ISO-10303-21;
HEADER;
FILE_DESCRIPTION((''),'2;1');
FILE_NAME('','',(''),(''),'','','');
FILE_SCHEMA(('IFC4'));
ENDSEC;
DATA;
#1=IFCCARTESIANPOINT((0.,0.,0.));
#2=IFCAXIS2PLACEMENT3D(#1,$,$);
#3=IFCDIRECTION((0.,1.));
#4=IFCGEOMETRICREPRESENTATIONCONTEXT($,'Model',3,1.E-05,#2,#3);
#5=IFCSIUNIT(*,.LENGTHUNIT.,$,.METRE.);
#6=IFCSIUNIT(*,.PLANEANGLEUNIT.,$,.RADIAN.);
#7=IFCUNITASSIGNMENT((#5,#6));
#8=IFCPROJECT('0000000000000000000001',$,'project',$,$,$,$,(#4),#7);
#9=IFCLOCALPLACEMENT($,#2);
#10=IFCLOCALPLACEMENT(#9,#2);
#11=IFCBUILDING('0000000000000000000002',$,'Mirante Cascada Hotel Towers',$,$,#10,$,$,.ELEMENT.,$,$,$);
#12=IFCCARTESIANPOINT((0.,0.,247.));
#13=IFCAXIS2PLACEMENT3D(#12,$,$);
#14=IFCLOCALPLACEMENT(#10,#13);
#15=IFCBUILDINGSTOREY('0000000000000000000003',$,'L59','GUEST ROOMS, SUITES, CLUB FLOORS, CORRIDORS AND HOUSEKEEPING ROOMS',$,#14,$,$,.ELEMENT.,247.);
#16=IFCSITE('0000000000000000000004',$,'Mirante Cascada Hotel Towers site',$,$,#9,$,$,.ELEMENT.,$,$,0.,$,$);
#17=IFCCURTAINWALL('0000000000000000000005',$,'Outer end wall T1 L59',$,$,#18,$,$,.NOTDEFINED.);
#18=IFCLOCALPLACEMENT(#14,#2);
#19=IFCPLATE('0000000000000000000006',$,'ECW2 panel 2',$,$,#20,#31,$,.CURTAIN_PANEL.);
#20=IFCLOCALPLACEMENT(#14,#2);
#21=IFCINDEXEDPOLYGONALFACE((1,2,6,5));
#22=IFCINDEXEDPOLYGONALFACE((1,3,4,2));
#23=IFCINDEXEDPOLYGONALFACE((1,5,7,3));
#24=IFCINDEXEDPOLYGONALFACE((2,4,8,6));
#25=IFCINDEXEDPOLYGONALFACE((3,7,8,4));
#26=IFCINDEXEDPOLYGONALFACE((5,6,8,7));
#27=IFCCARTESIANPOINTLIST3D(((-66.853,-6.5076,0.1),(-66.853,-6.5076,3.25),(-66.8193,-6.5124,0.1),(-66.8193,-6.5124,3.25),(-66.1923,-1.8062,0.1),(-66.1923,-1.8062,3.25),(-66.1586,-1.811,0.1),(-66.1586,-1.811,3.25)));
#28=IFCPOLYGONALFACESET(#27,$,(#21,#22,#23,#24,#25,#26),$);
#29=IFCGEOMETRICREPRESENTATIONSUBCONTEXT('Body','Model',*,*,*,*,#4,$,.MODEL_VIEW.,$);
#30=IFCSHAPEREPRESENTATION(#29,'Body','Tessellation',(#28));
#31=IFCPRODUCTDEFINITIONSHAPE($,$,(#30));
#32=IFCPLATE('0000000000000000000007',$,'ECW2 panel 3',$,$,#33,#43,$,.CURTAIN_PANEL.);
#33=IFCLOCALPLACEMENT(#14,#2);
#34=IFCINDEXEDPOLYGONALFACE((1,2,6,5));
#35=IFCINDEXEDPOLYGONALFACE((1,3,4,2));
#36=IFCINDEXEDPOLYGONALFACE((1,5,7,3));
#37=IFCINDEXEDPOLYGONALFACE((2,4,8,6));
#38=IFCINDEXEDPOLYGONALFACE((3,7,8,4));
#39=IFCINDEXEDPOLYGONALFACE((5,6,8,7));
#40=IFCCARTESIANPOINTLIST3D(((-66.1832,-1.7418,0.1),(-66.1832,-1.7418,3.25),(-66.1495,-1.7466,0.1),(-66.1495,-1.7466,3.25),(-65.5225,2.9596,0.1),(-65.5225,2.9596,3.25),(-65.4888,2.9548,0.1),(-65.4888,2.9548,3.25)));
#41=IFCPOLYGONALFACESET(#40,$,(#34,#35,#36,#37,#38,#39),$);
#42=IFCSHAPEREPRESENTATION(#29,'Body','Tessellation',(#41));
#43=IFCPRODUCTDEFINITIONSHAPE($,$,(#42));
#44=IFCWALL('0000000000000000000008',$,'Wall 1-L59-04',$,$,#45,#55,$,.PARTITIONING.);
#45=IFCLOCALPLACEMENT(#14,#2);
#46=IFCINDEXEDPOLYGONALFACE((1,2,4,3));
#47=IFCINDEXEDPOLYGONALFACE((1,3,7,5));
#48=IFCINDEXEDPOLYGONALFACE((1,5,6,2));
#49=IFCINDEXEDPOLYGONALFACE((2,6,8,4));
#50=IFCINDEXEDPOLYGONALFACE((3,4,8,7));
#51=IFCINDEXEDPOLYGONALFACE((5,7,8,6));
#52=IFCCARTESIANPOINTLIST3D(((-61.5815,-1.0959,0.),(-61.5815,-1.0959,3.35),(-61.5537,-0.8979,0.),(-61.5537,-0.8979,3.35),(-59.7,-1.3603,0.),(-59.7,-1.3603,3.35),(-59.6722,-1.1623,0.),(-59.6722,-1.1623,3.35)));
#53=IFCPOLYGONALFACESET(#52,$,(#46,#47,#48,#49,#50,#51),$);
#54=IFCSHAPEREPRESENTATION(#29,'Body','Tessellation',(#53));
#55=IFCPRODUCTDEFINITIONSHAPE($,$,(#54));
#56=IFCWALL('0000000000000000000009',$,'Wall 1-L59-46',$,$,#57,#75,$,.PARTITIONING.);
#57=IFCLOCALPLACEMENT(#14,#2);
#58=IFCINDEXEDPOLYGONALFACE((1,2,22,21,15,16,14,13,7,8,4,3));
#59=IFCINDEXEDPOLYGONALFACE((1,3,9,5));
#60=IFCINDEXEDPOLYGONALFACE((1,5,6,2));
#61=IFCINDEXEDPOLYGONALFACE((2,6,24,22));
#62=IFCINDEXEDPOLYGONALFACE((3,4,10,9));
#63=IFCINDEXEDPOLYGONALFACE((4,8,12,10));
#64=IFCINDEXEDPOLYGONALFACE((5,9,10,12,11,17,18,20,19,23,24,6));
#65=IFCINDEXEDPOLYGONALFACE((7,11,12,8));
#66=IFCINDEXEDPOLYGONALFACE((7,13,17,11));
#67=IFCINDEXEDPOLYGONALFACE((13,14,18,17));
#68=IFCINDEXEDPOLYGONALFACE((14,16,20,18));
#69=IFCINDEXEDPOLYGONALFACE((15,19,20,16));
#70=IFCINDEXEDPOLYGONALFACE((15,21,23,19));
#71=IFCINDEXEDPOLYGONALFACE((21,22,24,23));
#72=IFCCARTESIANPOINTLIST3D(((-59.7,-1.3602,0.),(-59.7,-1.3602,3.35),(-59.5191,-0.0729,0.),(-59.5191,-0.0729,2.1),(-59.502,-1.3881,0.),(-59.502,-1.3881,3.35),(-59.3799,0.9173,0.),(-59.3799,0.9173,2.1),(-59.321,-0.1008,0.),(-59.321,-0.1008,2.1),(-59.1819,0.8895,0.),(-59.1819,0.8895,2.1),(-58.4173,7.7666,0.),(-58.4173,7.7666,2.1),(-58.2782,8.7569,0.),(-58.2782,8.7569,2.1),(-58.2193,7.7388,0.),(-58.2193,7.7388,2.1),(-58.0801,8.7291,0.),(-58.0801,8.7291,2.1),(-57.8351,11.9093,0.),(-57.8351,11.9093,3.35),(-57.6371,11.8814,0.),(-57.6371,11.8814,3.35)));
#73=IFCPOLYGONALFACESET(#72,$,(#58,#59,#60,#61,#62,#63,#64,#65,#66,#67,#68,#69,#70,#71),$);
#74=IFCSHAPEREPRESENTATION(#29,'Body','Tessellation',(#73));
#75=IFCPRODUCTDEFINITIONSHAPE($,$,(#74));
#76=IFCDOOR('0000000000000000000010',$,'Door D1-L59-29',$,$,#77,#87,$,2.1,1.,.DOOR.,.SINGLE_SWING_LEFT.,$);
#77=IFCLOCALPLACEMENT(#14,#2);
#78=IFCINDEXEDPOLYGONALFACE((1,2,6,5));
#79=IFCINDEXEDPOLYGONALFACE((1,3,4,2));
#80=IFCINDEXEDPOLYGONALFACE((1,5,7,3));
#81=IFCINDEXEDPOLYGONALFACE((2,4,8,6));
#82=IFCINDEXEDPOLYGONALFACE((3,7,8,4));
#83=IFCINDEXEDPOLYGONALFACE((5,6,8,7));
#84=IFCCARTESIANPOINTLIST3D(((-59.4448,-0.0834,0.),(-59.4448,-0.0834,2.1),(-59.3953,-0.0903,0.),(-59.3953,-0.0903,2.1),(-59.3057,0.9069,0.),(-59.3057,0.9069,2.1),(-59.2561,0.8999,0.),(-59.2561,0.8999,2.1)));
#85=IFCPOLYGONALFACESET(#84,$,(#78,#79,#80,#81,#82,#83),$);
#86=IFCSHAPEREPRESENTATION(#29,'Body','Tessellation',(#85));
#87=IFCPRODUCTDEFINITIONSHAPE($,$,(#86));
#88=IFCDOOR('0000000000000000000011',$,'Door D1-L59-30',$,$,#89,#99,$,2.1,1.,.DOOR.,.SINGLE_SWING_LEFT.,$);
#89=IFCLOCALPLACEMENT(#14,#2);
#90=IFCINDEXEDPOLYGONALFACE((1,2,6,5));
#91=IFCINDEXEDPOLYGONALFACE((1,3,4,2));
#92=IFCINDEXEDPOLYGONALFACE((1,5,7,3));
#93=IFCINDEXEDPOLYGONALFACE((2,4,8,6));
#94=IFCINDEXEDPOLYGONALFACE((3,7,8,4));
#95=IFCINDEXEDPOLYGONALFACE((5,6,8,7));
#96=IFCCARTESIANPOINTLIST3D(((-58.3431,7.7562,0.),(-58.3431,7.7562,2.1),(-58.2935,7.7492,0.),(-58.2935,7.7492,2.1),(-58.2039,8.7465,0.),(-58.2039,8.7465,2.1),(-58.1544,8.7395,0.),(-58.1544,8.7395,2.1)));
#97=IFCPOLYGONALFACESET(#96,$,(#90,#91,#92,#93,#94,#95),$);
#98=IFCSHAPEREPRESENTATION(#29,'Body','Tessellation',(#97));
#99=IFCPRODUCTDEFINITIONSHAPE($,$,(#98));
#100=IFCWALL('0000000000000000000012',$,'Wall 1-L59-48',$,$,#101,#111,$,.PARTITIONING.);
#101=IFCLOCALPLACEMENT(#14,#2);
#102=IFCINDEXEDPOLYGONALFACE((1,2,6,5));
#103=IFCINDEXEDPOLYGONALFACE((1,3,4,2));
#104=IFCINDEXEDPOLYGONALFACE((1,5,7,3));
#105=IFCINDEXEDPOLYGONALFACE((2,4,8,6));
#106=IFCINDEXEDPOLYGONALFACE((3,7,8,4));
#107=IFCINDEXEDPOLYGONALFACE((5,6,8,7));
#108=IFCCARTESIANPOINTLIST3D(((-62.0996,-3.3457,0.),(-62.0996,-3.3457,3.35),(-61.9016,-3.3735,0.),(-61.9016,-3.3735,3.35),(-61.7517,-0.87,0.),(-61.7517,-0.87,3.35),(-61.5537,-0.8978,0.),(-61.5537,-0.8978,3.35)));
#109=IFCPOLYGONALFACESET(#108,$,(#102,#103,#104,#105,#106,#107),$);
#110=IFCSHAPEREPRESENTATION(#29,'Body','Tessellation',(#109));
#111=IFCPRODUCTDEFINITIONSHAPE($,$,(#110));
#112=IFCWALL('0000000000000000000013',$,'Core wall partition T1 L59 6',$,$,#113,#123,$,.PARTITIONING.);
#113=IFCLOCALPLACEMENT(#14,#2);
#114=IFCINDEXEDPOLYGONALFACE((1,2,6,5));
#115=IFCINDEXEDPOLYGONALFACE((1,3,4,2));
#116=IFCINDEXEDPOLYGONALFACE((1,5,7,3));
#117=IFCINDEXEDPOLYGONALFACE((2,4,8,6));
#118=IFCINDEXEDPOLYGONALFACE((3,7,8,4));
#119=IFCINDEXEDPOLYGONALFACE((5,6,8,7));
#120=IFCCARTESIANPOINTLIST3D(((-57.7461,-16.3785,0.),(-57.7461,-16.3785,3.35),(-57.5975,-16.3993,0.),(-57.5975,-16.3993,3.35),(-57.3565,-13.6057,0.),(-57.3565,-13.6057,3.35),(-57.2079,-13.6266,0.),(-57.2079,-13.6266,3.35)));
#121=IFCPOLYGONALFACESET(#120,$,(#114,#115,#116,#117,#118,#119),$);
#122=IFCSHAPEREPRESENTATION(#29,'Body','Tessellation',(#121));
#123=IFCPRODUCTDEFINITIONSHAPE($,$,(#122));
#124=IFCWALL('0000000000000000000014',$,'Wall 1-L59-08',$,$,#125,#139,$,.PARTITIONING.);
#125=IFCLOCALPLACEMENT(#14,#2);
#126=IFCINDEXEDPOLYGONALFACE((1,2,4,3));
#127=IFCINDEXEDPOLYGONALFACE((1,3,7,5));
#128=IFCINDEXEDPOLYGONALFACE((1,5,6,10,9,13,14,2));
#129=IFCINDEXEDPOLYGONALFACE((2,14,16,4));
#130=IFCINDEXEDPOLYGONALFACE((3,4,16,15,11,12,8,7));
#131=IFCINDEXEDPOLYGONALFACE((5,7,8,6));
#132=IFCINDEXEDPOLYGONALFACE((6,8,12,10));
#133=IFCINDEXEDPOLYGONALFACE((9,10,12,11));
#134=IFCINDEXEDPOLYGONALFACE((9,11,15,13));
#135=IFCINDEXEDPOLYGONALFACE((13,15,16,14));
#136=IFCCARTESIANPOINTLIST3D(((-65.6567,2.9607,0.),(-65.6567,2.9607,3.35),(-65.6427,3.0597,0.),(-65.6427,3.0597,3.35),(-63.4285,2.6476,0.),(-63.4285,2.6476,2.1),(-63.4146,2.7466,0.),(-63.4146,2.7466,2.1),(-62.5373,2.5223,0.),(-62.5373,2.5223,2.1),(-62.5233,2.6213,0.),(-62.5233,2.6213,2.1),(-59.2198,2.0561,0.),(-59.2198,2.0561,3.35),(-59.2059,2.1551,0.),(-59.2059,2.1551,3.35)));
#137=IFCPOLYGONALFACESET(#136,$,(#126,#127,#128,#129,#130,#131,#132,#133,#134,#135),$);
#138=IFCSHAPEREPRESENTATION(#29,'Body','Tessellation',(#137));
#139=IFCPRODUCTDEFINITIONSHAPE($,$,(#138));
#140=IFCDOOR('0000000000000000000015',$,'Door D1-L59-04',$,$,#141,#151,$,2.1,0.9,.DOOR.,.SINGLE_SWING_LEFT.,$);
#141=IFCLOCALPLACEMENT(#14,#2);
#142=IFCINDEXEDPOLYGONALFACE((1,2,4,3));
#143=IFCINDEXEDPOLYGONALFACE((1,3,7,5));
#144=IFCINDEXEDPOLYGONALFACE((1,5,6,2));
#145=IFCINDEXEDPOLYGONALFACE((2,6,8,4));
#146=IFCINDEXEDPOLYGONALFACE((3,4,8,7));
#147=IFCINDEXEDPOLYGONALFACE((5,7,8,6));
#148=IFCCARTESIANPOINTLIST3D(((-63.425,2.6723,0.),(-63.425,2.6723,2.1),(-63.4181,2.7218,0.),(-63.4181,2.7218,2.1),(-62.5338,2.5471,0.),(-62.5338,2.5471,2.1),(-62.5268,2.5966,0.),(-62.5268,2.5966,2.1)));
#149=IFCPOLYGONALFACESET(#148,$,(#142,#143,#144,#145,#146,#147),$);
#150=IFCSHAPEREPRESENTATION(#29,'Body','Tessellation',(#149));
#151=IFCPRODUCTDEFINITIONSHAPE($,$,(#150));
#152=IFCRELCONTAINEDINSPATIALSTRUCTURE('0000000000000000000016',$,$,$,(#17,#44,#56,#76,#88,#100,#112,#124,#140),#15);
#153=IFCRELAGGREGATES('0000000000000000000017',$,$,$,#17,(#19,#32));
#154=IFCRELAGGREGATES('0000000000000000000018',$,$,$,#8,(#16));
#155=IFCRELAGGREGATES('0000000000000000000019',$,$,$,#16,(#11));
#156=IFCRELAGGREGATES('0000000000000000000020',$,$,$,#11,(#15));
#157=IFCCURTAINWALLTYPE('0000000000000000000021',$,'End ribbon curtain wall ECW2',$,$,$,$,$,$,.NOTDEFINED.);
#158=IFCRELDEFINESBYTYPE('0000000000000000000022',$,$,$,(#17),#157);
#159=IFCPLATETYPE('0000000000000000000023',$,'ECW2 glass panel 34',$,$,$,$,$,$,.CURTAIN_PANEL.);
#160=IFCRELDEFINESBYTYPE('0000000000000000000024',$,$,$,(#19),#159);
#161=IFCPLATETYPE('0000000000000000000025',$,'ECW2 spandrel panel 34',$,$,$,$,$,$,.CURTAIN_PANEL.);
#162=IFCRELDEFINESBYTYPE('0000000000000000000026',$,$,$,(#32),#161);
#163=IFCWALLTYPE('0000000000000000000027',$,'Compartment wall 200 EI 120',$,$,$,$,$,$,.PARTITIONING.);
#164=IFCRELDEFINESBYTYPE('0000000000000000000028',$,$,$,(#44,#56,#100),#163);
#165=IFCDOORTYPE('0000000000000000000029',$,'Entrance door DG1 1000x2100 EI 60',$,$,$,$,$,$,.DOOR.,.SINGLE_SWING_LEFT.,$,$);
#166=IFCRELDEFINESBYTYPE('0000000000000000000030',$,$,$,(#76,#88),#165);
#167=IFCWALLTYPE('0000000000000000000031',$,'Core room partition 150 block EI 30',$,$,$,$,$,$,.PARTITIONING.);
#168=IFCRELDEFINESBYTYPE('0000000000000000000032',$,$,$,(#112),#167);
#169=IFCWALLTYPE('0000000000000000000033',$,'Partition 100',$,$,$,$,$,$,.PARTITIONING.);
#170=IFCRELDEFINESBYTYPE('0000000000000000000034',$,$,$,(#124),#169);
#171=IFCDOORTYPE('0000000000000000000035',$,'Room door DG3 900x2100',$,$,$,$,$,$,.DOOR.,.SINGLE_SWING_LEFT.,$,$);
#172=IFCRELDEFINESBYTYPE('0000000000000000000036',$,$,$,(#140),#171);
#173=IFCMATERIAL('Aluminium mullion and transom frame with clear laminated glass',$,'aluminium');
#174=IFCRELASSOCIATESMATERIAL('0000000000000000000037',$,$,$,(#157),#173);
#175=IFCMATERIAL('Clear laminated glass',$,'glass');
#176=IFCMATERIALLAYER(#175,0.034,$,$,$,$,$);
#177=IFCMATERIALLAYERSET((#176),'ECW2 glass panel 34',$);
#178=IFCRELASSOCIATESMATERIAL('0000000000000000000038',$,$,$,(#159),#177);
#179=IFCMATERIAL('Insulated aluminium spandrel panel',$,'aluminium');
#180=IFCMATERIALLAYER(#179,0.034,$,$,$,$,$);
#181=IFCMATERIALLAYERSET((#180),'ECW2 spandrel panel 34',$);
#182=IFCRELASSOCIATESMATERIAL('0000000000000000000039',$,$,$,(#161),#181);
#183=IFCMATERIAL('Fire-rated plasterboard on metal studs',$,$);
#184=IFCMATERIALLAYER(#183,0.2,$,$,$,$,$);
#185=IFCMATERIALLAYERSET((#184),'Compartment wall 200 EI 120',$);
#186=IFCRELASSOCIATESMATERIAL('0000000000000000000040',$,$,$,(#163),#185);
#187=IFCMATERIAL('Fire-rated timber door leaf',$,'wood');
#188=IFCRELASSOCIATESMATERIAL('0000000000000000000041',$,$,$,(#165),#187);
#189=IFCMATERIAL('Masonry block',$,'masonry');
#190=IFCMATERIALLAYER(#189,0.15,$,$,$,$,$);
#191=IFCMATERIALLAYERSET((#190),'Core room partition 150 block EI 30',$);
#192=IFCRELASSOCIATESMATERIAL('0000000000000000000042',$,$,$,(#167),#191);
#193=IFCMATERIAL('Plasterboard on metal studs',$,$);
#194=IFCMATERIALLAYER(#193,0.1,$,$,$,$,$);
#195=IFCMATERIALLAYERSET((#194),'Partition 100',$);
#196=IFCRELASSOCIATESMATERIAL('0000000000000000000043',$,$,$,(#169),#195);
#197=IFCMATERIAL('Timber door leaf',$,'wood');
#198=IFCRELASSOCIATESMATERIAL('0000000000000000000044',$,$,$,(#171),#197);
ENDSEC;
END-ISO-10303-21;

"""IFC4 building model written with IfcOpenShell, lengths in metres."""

from ifc_helpers import new_model, si_unit, direction, frame, frame_2d, origin, origin_2d, place, context, subcontext, project, spatial, rectangle, extrude, material, layer, layer_set, type_object, element, fill, aggregate, save


model = new_model("IFC4")

# Units and contexts
model_context = context("Model", 3, precision=1e-05, world=origin(), true_north=direction((0.0, 1.0)))
body_context = subcontext(model_context, "Body", "Model", "MODEL_VIEW")
ifc_project = project(units=[si_unit("LENGTHUNIT", "METRE"), si_unit("PLANEANGLEUNIT", "RADIAN")], contexts=[model_context])

# Site, building, storey
site_placement = place(None, origin())
site = spatial("IfcSite", under=ifc_project, at=site_placement, Name="Mirante Cascada Hotel Towers site", CompositionType="ELEMENT", RefElevation=0.0)
building_placement = place(site_placement, origin())
building = spatial("IfcBuilding", under=site, at=building_placement, Name="Mirante Cascada Hotel Towers", CompositionType="ELEMENT")
storey_placement = place(building_placement, frame((0.0, 0.0, 247.0)))
storey = spatial("IfcBuildingStorey", under=building, at=storey_placement, Name="L59", Description="GUEST ROOMS, SUITES, CLUB FLOORS, CORRIDORS AND HOUSEKEEPING ROOMS", CompositionType="ELEMENT", Elevation=247.0)

# Curtain wall, plates
ifc_material_1 = material(Name="Aluminium mullion and transom frame with clear laminated glass", Category="aluminium")
curtain_wall_type = type_object("IfcCurtainWallType", Name="End ribbon curtain wall ECW2", PredefinedType="NOTDEFINED", material=ifc_material_1)
curtain_wall_placement = place(storey_placement, origin())
curtain_wall = element("IfcCurtainWall", 1, at=curtain_wall_placement, inside=storey, type_object=curtain_wall_type, Name="Outer end wall T1 L59", PredefinedType="NOTDEFINED")
ifc_material_2 = material(Name="Clear laminated glass", Category="glass")
ifc_layer_1 = layer(ifc_material_2, 0.034)
ifc_layer_set_1 = layer_set([ifc_layer_1], Name="ECW2 glass panel 34")
plate_type_1 = type_object("IfcPlateType", Name="ECW2 glass panel 34", PredefinedType="CURTAIN_PANEL", material=ifc_layer_set_1)
plate_1_placement = place(storey_placement, frame((-66.5058, -4.1593, 0.1), z_axis=(0.0, 0.0, 1.0), x_axis=(0.139173, 0.990268, 0.0)))
plate_1 = element("IfcPlate", 2, at=plate_1_placement, type_object=plate_type_1, Name="ECW2 panel 2", PredefinedType="CURTAIN_PANEL", context=body_context, shape_type="SweptSolid", body=[
    extrude(rectangle(XDim=4.7476, YDim=0.034, at=origin_2d()), origin(), (0.0, 0.0, 1.0), 3.15),
])
ifc_material_3 = material(Name="Insulated aluminium spandrel panel", Category="aluminium")
ifc_layer_2 = layer(ifc_material_3, 0.034)
ifc_layer_set_2 = layer_set([ifc_layer_2], Name="ECW2 spandrel panel 34")
plate_type_2 = type_object("IfcPlateType", Name="ECW2 spandrel panel 34", PredefinedType="CURTAIN_PANEL", material=ifc_layer_set_2)
plate_2_placement = place(storey_placement, frame((-65.836, 0.6065, 0.1), z_axis=(0.0, 0.0, 1.0), x_axis=(0.139173, 0.990268, 0.0)))
plate_2 = element("IfcPlate", 3, at=plate_2_placement, type_object=plate_type_2, Name="ECW2 panel 3", PredefinedType="CURTAIN_PANEL", context=body_context, shape_type="SweptSolid", body=[
    extrude(rectangle(XDim=4.7476, YDim=0.034, at=origin_2d()), origin(), (0.0, 0.0, 1.0), 3.15),
])
aggregate(curtain_wall, [plate_1, plate_2])

# Wall
ifc_material_4 = material(Name="Fire-rated plasterboard on metal studs")
ifc_layer_3 = layer(ifc_material_4, 0.2)
ifc_layer_set_3 = layer_set([ifc_layer_3], Name="Compartment wall 200 EI 120")
wall_type_1 = type_object("IfcWallType", Name="Compartment wall 200 EI 120", PredefinedType="PARTITIONING", material=ifc_layer_set_3)
wall_1_placement = place(storey_placement, frame((-59.6861, -1.2613, 0.0), z_axis=(0.0, 0.0, 1.0), x_axis=(-0.99027, 0.139159, 0.0)))
element("IfcWall", 4, at=wall_1_placement, inside=storey, type_object=wall_type_1, Name="Wall 1-L59-04", PredefinedType="PARTITIONING", context=body_context, shape_type="SweptSolid", body=[
    extrude(rectangle(XDim=1.9, YDim=0.2, at=frame_2d((0.95, 0.0))), origin(), (0.0, 0.0, 1.0), 3.35),
])

# Wall, openings, doors
wall_2_placement = place(storey_placement, frame((-59.601, -1.3742, 0.0), z_axis=(0.0, 0.0, 1.0), x_axis=(0.139173, 0.990268, 0.0)))
wall_2 = element("IfcWall", 5, at=wall_2_placement, inside=storey, type_object=wall_type_1, Name="Wall 1-L59-46", PredefinedType="PARTITIONING", context=body_context, shape_type="SweptSolid", body=[
    extrude(rectangle(XDim=13.3999, YDim=0.2, at=frame_2d((6.7, 0.0))), origin(), (0.0, 0.0, 1.0), 3.35),
])
opening_1_placement = place(wall_2_placement, frame((1.3, 0.0, 0.0)))
opening_1 = element("IfcOpeningElement", 6, at=opening_1_placement, cuts=wall_2, PredefinedType="OPENING", context=body_context, shape_type="SweptSolid", body=[
    extrude(rectangle(XDim=1.0, YDim=2.1, at=frame_2d((0.5, 1.05))), frame((0.0, 0.1, 0.0), z_axis=(0.0, -1.0, 0.0), x_axis=(1.0, 0.0, 0.0)), (0.0, 0.0, 1.0), 0.2),
])
opening_2_placement = place(wall_2_placement, frame((9.2166, 0.0, 0.0)))
opening_2 = element("IfcOpeningElement", 7, at=opening_2_placement, cuts=wall_2, PredefinedType="OPENING", context=body_context, shape_type="SweptSolid", body=[
    extrude(rectangle(XDim=1.0, YDim=2.1, at=frame_2d((0.5, 1.05))), frame((0.0, 0.1, 0.0), z_axis=(0.0, -1.0, 0.0), x_axis=(1.0, 0.0, 0.0)), (0.0, 0.0, 1.0), 0.2),
])
ifc_material_5 = material(Name="Fire-rated timber door leaf", Category="wood")
door_type_1 = type_object("IfcDoorType", Name="Entrance door DG1 1000x2100 EI 60", OperationType="SINGLE_SWING_LEFT", PredefinedType="DOOR", material=ifc_material_5)
door_1_placement = place(opening_1_placement, origin())
door_1 = element("IfcDoor", 8, at=door_1_placement, inside=storey, type_object=door_type_1, Name="Door D1-L59-29", OperationType="SINGLE_SWING_LEFT", OverallHeight=2.1, OverallWidth=1.0, PredefinedType="DOOR", context=body_context, shape_type="SweptSolid", body=[
    extrude(rectangle(XDim=1.0, YDim=2.1, at=frame_2d((0.5, 1.05))), frame((0.0, 0.025, 0.0), z_axis=(0.0, -1.0, 0.0), x_axis=(1.0, 0.0, 0.0)), (0.0, 0.0, 1.0), 0.05),
])
fill(opening_1, door_1)
door_2_placement = place(opening_2_placement, origin())
door_2 = element("IfcDoor", 9, at=door_2_placement, inside=storey, type_object=door_type_1, Name="Door D1-L59-30", OperationType="SINGLE_SWING_LEFT", OverallHeight=2.1, OverallWidth=1.0, PredefinedType="DOOR", context=body_context, shape_type="SweptSolid", body=[
    extrude(rectangle(XDim=1.0, YDim=2.1, at=frame_2d((0.5, 1.05))), frame((0.0, 0.025, 0.0), z_axis=(0.0, -1.0, 0.0), x_axis=(1.0, 0.0, 0.0)), (0.0, 0.0, 1.0), 0.05),
])
fill(opening_2, door_2)

# Walls
wall_3_placement = place(storey_placement, frame((-62.0006, -3.3596, 0.0), z_axis=(0.0, 0.0, 1.0), x_axis=(0.139159, 0.99027, 0.0)))
element("IfcWall", 10, at=wall_3_placement, inside=storey, type_object=wall_type_1, Name="Wall 1-L59-48", PredefinedType="PARTITIONING", context=body_context, shape_type="SweptSolid", body=[
    extrude(rectangle(XDim=2.5, YDim=0.2, at=frame_2d((1.25, 0.0))), origin(), (0.0, 0.0, 1.0), 3.35),
])
ifc_material_6 = material(Name="Masonry block", Category="masonry")
ifc_layer_4 = layer(ifc_material_6, 0.15)
ifc_layer_set_4 = layer_set([ifc_layer_4], Name="Core room partition 150 block EI 30")
wall_type_2 = type_object("IfcWallType", Name="Core room partition 150 block EI 30", PredefinedType="PARTITIONING", material=ifc_layer_set_4)
wall_4_placement = place(storey_placement, frame((-57.6718, -16.3889, 0.0), z_axis=(0.0, 0.0, 1.0), x_axis=(0.139141, 0.990273, 0.0)))
element("IfcWall", 11, at=wall_4_placement, inside=storey, type_object=wall_type_2, Name="Core wall partition T1 L59 6", PredefinedType="PARTITIONING", context=body_context, shape_type="SweptSolid", body=[
    extrude(rectangle(XDim=2.8, YDim=0.15, at=frame_2d((1.4, 0.0))), origin(), (0.0, 0.0, 1.0), 3.35),
])

# Wall, opening, door
ifc_material_7 = material(Name="Plasterboard on metal studs")
ifc_layer_5 = layer(ifc_material_7, 0.1)
ifc_layer_set_5 = layer_set([ifc_layer_5], Name="Partition 100")
wall_type_3 = type_object("IfcWallType", Name="Partition 100", PredefinedType="PARTITIONING", material=ifc_layer_set_5)
wall_5_placement = place(storey_placement, frame((-59.2129, 2.1056, 0.0), z_axis=(0.0, 0.0, 1.0), x_axis=(-0.990269, 0.139168, 0.0)))
wall_5 = element("IfcWall", 12, at=wall_5_placement, inside=storey, type_object=wall_type_3, Name="Wall 1-L59-08", PredefinedType="PARTITIONING", context=body_context, shape_type="SweptSolid", body=[
    extrude(rectangle(XDim=6.5001, YDim=0.1, at=frame_2d((3.25, 0.0))), origin(), (0.0, 0.0, 1.0), 3.35),
])
opening_3_placement = place(wall_5_placement, frame((3.35, 0.0, 0.0)))
opening_3 = element("IfcOpeningElement", 13, at=opening_3_placement, cuts=wall_5, PredefinedType="OPENING", context=body_context, shape_type="SweptSolid", body=[
    extrude(rectangle(XDim=0.9, YDim=2.1, at=frame_2d((0.45, 1.05))), frame((0.0, 0.05, 0.0), z_axis=(0.0, -1.0, 0.0), x_axis=(1.0, 0.0, 0.0)), (0.0, 0.0, 1.0), 0.1),
])
ifc_material_8 = material(Name="Timber door leaf", Category="wood")
door_type_2 = type_object("IfcDoorType", Name="Room door DG3 900x2100", OperationType="SINGLE_SWING_LEFT", PredefinedType="DOOR", material=ifc_material_8)
door_3_placement = place(opening_3_placement, origin())
door_3 = element("IfcDoor", 14, at=door_3_placement, inside=storey, type_object=door_type_2, Name="Door D1-L59-04", OperationType="SINGLE_SWING_LEFT", OverallHeight=2.1, OverallWidth=0.9, PredefinedType="DOOR", context=body_context, shape_type="SweptSolid", body=[
    extrude(rectangle(XDim=0.9, YDim=2.1, at=frame_2d((0.45, 1.05))), frame((0.0, 0.025, 0.0), z_axis=(0.0, -1.0, 0.0), x_axis=(1.0, 0.0, 0.0)), (0.0, 0.0, 1.0), 0.05),
])
fill(opening_3, door_3)

save(model, "model.ifc")
